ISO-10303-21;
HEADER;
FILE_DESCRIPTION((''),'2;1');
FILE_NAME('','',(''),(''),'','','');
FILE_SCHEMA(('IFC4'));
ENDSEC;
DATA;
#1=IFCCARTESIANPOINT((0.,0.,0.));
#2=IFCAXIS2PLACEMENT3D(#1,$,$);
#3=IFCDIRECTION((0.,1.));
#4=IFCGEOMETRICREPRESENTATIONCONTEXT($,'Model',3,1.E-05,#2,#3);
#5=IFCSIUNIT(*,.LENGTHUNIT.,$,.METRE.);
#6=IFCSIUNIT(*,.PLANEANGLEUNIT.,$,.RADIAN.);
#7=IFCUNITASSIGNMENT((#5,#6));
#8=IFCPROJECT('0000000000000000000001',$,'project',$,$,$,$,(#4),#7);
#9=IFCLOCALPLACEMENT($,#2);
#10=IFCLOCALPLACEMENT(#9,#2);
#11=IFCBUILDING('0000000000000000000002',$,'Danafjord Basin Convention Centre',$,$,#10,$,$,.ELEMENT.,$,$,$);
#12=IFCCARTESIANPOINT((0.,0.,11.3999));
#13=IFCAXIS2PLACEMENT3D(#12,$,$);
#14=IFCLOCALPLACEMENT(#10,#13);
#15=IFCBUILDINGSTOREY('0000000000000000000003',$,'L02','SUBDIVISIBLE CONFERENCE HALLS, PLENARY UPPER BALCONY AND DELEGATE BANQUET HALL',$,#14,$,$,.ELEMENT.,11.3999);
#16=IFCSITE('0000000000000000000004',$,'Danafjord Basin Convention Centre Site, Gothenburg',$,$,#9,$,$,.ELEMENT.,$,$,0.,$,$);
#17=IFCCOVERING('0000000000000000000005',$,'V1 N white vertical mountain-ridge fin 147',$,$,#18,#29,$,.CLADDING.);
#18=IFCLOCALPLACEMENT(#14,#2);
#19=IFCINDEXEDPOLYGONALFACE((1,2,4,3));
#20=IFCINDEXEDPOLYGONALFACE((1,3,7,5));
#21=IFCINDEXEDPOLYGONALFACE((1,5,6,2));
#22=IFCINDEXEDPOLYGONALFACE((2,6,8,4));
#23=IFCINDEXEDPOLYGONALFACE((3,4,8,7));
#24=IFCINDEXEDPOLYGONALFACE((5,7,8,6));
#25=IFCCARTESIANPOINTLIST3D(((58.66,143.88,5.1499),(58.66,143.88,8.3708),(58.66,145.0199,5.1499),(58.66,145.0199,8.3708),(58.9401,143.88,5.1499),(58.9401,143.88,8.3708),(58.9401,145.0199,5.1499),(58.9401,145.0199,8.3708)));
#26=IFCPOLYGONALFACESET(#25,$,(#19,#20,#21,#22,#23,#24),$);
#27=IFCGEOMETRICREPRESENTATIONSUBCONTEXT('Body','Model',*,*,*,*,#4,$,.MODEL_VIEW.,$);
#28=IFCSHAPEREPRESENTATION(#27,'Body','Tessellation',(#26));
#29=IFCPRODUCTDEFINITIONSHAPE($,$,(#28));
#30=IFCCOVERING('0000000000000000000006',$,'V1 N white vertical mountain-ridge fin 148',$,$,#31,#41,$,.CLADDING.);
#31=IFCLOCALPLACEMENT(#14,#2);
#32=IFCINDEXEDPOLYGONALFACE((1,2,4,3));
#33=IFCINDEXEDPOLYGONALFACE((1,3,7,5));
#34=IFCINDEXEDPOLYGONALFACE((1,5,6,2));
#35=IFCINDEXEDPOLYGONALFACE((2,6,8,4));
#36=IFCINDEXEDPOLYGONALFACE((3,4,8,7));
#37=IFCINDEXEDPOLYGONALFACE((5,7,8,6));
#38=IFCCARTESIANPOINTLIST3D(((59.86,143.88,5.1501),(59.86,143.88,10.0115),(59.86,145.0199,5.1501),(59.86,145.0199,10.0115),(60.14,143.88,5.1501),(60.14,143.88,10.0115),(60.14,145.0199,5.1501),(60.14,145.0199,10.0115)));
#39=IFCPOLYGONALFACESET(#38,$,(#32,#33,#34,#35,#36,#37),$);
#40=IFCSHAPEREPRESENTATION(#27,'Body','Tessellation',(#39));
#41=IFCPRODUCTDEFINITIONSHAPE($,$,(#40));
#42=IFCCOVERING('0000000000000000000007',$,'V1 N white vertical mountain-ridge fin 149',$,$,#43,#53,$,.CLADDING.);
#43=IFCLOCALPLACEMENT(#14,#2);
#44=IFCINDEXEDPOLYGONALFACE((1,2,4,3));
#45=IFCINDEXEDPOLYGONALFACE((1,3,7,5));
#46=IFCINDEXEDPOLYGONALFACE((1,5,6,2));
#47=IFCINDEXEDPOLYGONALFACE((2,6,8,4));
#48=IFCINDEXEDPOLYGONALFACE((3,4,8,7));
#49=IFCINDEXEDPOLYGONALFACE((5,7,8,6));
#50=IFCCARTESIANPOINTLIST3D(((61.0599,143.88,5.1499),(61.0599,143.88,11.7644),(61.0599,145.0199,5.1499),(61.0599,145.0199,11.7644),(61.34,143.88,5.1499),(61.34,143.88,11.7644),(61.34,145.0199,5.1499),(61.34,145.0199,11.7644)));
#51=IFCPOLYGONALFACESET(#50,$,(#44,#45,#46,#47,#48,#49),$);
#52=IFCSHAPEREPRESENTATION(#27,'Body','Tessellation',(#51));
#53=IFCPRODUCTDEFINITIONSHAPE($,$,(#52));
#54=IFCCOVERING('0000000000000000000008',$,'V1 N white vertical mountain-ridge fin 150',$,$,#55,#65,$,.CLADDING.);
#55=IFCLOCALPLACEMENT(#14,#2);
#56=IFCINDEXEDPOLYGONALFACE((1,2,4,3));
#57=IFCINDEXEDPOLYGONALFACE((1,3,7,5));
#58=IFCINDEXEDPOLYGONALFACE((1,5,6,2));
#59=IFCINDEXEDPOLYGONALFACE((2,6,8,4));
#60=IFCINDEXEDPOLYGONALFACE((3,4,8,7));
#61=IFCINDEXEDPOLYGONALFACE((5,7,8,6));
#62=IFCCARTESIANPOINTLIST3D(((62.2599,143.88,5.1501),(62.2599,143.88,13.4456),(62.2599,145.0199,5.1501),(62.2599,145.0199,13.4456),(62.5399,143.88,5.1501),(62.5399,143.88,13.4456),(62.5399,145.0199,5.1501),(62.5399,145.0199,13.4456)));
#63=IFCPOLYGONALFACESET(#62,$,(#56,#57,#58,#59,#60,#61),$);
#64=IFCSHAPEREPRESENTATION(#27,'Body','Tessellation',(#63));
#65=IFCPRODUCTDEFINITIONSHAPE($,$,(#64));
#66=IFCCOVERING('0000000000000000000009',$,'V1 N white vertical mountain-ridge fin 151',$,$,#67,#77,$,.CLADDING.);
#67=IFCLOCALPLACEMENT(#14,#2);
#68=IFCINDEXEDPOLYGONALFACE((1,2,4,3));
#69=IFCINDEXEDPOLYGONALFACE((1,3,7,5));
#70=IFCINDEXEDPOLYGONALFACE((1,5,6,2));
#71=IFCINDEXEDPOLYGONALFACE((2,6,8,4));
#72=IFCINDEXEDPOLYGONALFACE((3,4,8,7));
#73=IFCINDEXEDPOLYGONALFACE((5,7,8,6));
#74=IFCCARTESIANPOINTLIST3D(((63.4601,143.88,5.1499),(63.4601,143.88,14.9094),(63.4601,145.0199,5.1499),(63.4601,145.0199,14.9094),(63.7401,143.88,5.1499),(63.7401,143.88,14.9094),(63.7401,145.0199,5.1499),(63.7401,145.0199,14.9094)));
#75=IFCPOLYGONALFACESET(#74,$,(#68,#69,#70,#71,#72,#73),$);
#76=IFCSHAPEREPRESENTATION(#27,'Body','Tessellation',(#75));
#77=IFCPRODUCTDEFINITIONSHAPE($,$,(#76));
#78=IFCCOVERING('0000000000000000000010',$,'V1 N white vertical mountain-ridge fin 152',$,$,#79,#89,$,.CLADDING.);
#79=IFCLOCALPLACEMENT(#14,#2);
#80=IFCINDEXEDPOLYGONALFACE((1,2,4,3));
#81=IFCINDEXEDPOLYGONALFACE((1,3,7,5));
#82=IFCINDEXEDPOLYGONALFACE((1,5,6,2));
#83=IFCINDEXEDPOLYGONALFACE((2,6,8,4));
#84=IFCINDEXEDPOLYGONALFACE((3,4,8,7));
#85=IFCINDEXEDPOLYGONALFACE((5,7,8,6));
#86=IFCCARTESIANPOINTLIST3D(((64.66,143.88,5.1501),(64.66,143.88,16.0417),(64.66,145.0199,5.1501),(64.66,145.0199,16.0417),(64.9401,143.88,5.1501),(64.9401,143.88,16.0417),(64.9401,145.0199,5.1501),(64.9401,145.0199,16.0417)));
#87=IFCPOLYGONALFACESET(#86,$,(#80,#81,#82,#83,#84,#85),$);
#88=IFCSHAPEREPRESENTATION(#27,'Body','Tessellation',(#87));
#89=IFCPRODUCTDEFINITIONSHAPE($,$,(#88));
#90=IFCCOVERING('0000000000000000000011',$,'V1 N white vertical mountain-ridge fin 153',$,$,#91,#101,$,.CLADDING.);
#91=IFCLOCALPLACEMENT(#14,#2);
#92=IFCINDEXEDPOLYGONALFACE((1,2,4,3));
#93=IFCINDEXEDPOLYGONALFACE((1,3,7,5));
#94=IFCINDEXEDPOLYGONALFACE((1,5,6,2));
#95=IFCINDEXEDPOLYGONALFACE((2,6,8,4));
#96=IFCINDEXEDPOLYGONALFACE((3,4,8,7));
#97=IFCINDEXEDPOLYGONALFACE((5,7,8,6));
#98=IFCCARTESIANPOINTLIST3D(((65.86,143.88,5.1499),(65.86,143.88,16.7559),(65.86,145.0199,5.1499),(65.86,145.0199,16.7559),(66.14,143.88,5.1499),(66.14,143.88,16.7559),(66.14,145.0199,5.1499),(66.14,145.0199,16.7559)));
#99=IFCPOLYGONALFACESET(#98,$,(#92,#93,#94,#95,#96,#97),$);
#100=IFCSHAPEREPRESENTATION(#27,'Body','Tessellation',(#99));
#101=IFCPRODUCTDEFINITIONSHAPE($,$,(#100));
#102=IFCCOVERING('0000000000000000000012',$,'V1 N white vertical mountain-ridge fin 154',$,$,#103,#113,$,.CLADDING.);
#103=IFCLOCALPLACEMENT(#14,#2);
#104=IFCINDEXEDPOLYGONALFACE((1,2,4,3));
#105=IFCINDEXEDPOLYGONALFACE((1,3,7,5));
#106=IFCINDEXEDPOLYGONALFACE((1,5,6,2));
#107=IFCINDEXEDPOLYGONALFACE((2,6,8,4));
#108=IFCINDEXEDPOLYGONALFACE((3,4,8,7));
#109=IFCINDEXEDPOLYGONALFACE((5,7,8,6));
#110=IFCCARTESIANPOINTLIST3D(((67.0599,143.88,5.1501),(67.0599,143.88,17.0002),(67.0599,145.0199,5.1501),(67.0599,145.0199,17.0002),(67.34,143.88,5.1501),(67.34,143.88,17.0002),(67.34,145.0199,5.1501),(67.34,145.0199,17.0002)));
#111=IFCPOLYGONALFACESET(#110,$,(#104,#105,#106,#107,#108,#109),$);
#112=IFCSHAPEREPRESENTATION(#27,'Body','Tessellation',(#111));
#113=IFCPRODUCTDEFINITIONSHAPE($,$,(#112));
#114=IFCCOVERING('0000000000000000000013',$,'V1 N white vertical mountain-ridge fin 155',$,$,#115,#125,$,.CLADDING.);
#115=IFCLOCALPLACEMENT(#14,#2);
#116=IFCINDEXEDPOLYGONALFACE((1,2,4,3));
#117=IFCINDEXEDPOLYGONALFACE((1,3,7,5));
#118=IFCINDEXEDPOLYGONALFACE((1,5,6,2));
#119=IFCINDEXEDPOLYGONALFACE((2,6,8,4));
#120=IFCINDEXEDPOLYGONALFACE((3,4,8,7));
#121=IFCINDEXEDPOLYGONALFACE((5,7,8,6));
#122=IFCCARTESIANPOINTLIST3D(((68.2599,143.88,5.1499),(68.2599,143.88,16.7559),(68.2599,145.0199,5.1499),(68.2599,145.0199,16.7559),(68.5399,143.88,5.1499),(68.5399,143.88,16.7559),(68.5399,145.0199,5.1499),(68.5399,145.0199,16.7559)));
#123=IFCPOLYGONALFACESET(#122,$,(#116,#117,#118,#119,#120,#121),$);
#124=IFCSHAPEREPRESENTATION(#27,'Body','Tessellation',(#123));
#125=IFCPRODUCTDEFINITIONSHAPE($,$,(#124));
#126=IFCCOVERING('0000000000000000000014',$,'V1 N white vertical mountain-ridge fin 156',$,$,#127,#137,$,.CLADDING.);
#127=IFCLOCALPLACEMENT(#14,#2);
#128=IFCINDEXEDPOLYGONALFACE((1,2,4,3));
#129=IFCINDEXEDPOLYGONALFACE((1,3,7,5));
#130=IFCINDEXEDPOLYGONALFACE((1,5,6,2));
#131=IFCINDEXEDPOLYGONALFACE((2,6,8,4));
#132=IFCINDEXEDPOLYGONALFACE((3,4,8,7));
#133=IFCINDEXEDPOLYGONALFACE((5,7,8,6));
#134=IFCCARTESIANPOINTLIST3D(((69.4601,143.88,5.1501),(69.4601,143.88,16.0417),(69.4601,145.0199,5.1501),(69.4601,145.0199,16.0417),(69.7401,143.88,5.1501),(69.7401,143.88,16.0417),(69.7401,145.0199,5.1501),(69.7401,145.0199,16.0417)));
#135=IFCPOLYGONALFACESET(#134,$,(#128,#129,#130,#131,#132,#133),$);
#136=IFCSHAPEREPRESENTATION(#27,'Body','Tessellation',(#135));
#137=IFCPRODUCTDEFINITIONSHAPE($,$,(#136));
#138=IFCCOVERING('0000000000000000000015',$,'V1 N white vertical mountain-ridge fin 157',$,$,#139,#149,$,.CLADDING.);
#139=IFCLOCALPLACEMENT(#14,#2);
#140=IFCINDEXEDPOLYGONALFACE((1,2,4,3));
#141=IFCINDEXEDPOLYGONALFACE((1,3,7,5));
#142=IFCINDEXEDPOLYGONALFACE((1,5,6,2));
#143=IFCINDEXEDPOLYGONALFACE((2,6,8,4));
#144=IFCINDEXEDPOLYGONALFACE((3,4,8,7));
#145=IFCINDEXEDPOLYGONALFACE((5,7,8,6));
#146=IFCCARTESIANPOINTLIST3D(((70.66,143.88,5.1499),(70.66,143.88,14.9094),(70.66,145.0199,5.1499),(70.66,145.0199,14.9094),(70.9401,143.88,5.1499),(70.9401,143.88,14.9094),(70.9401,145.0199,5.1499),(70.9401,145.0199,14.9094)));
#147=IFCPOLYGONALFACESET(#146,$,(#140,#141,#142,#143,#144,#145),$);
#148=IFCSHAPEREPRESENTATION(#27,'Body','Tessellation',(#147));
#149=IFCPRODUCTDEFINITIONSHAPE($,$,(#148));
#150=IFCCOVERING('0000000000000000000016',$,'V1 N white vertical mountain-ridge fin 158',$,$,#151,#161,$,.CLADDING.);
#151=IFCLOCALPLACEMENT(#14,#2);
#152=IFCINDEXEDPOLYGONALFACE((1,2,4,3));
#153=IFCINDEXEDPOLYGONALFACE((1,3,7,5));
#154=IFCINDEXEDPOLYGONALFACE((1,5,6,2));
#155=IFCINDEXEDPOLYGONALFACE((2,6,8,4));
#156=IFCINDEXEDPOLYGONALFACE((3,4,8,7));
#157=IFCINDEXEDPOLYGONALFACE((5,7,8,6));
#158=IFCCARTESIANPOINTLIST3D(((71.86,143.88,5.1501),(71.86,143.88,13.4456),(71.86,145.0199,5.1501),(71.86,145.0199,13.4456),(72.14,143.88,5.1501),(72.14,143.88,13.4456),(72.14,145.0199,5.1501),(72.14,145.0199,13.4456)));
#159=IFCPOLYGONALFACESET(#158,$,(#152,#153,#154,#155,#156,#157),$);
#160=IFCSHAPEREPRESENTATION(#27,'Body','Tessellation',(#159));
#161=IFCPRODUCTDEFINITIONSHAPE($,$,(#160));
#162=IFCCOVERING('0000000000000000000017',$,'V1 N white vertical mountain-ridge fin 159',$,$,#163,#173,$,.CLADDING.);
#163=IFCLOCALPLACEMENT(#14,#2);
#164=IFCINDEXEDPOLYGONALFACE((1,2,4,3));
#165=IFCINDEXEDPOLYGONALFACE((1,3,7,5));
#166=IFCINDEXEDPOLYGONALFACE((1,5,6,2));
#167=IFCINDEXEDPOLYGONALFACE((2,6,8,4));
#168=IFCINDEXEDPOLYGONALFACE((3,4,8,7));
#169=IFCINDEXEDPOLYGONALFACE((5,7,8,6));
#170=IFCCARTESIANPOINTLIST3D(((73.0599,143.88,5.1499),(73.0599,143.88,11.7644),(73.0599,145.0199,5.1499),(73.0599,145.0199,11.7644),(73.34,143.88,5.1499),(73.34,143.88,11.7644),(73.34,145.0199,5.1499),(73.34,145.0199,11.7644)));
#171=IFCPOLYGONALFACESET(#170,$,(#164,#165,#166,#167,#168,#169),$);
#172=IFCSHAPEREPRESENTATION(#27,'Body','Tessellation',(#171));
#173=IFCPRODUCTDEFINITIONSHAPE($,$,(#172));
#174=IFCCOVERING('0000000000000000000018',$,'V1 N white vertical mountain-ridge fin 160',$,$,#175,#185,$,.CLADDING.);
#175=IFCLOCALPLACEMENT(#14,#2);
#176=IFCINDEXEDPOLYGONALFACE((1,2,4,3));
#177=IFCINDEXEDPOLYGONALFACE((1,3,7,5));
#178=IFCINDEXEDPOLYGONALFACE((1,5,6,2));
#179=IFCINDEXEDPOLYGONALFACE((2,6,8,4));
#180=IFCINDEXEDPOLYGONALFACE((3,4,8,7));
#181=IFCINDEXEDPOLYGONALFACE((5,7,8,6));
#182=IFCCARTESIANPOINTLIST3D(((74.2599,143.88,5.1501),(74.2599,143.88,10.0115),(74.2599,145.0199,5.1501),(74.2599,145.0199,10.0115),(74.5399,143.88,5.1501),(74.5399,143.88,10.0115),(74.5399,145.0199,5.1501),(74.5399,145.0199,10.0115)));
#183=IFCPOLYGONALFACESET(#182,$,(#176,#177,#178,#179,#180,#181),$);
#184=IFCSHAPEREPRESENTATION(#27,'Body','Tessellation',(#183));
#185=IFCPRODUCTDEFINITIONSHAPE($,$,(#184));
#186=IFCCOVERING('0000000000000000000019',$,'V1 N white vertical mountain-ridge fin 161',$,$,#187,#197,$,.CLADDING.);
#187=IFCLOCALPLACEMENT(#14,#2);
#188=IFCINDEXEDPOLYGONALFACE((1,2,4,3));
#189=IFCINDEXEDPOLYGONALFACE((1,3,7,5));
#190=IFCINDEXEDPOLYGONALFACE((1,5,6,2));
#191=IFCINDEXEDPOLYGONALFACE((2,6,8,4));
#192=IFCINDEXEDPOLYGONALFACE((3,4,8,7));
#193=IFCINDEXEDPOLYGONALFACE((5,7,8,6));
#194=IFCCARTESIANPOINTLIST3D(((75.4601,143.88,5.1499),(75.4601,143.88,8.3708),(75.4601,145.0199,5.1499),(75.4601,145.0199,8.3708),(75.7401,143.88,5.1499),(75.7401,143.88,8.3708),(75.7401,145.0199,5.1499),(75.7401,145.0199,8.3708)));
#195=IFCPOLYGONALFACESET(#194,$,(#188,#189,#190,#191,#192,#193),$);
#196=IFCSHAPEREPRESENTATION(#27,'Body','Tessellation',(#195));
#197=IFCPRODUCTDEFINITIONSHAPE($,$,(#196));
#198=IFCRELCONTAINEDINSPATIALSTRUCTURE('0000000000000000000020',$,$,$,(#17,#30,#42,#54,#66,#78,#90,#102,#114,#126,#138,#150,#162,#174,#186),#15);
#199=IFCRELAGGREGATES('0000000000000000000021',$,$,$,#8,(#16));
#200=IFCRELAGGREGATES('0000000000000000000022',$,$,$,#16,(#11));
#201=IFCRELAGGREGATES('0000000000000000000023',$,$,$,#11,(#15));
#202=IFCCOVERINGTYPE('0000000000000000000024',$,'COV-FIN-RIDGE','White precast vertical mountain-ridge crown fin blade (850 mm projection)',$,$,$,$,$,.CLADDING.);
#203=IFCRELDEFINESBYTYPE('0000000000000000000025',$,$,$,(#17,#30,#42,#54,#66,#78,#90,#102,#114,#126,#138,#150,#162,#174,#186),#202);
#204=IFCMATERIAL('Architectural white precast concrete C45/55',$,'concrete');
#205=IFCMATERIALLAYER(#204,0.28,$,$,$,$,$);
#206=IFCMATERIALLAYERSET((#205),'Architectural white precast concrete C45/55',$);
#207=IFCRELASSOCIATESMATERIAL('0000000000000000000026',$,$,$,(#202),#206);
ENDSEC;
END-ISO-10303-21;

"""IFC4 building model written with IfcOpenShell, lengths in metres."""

from ifc_helpers import new_model, si_unit, direction, frame, origin, origin_2d, place, context, subcontext, project, spatial, rectangle, extrude, material, layer, layer_set, type_object, element, save


model = new_model("IFC4")

# Units and contexts
model_context = context("Model", 3, precision=1e-05, world=origin(), true_north=direction((0.0, 1.0)))
body_context = subcontext(model_context, "Body", "Model", "MODEL_VIEW")
ifc_project = project(units=[si_unit("LENGTHUNIT", "METRE"), si_unit("PLANEANGLEUNIT", "RADIAN")], contexts=[model_context])

# Site, building, storey
site_placement = place(None, origin())
site = spatial("IfcSite", under=ifc_project, at=site_placement, Name="Danafjord Basin Convention Centre Site, Gothenburg", CompositionType="ELEMENT", RefElevation=0.0)
building_placement = place(site_placement, origin())
building = spatial("IfcBuilding", under=site, at=building_placement, Name="Danafjord Basin Convention Centre", CompositionType="ELEMENT")
storey_placement = place(building_placement, frame((0.0, 0.0, 11.3999)))
storey = spatial("IfcBuildingStorey", under=building, at=storey_placement, Name="L02", Description="SUBDIVISIBLE CONFERENCE HALLS, PLENARY UPPER BALCONY AND DELEGATE BANQUET HALL", CompositionType="ELEMENT", Elevation=11.3999)

# Coverings
ifc_material_1 = material(Name="Architectural white precast concrete C45/55", Category="concrete")
ifc_layer_1 = layer(ifc_material_1, 0.28)
ifc_layer_set_1 = layer_set([ifc_layer_1], Name="Architectural white precast concrete C45/55")
covering_type_1 = type_object("IfcCoveringType", Name="COV-FIN-RIDGE", Description="White precast vertical mountain-ridge crown fin blade (850 mm projection)", PredefinedType="CLADDING", material=ifc_layer_set_1)
covering_1_placement = place(storey_placement, frame((58.8, 144.45, 5.1499), z_axis=(0.0, 0.0, 1.0), x_axis=(0.0, 1.0, 0.0)))
element("IfcCovering", 1, at=covering_1_placement, inside=storey, type_object=covering_type_1, Name="V1 N white vertical mountain-ridge fin 147", PredefinedType="CLADDING", context=body_context, shape_type="SweptSolid", body=[
    extrude(rectangle(XDim=1.1399, YDim=0.28, at=origin_2d()), origin(), (0.0, 0.0, 1.0), 3.2209),
])
covering_2_placement = place(storey_placement, frame((60.0, 144.45, 5.1501), z_axis=(0.0, 0.0, 1.0), x_axis=(0.0, 1.0, 0.0)))
element("IfcCovering", 2, at=covering_2_placement, inside=storey, type_object=covering_type_1, Name="V1 N white vertical mountain-ridge fin 148", PredefinedType="CLADDING", context=body_context, shape_type="SweptSolid", body=[
    extrude(rectangle(XDim=1.1399, YDim=0.28, at=origin_2d()), origin(), (0.0, 0.0, 1.0), 4.8613),
])
covering_3_placement = place(storey_placement, frame((61.2, 144.45, 5.1499), z_axis=(0.0, 0.0, 1.0), x_axis=(0.0, 1.0, 0.0)))
element("IfcCovering", 3, at=covering_3_placement, inside=storey, type_object=covering_type_1, Name="V1 N white vertical mountain-ridge fin 149", PredefinedType="CLADDING", context=body_context, shape_type="SweptSolid", body=[
    extrude(rectangle(XDim=1.1399, YDim=0.28, at=origin_2d()), origin(), (0.0, 0.0, 1.0), 6.6145),
])
covering_4_placement = place(storey_placement, frame((62.3999, 144.45, 5.1501), z_axis=(0.0, 0.0, 1.0), x_axis=(0.0, 1.0, 0.0)))
element("IfcCovering", 4, at=covering_4_placement, inside=storey, type_object=covering_type_1, Name="V1 N white vertical mountain-ridge fin 150", PredefinedType="CLADDING", context=body_context, shape_type="SweptSolid", body=[
    extrude(rectangle(XDim=1.1399, YDim=0.28, at=origin_2d()), origin(), (0.0, 0.0, 1.0), 8.2954),
])
covering_5_placement = place(storey_placement, frame((63.6001, 144.45, 5.1499), z_axis=(0.0, 0.0, 1.0), x_axis=(0.0, 1.0, 0.0)))
element("IfcCovering", 5, at=covering_5_placement, inside=storey, type_object=covering_type_1, Name="V1 N white vertical mountain-ridge fin 151", PredefinedType="CLADDING", context=body_context, shape_type="SweptSolid", body=[
    extrude(rectangle(XDim=1.1399, YDim=0.28, at=origin_2d()), origin(), (0.0, 0.0, 1.0), 9.7595),
])
covering_6_placement = place(storey_placement, frame((64.8, 144.45, 5.1501), z_axis=(0.0, 0.0, 1.0), x_axis=(0.0, 1.0, 0.0)))
element("IfcCovering", 6, at=covering_6_placement, inside=storey, type_object=covering_type_1, Name="V1 N white vertical mountain-ridge fin 152", PredefinedType="CLADDING", context=body_context, shape_type="SweptSolid", body=[
    extrude(rectangle(XDim=1.1399, YDim=0.28, at=origin_2d()), origin(), (0.0, 0.0, 1.0), 10.8916),
])
covering_7_placement = place(storey_placement, frame((66.0, 144.45, 5.1499), z_axis=(0.0, 0.0, 1.0), x_axis=(0.0, 1.0, 0.0)))
element("IfcCovering", 7, at=covering_7_placement, inside=storey, type_object=covering_type_1, Name="V1 N white vertical mountain-ridge fin 153", PredefinedType="CLADDING", context=body_context, shape_type="SweptSolid", body=[
    extrude(rectangle(XDim=1.1399, YDim=0.28, at=origin_2d()), origin(), (0.0, 0.0, 1.0), 11.606),
])
covering_8_placement = place(storey_placement, frame((67.2, 144.45, 5.1501), z_axis=(0.0, 0.0, 1.0), x_axis=(0.0, 1.0, 0.0)))
element("IfcCovering", 8, at=covering_8_placement, inside=storey, type_object=covering_type_1, Name="V1 N white vertical mountain-ridge fin 154", PredefinedType="CLADDING", context=body_context, shape_type="SweptSolid", body=[
    extrude(rectangle(XDim=1.1399, YDim=0.28, at=origin_2d()), origin(), (0.0, 0.0, 1.0), 11.8501),
])
covering_9_placement = place(storey_placement, frame((68.3999, 144.45, 5.1499), z_axis=(0.0, 0.0, 1.0), x_axis=(0.0, 1.0, 0.0)))
element("IfcCovering", 9, at=covering_9_placement, inside=storey, type_object=covering_type_1, Name="V1 N white vertical mountain-ridge fin 155", PredefinedType="CLADDING", context=body_context, shape_type="SweptSolid", body=[
    extrude(rectangle(XDim=1.1399, YDim=0.28, at=origin_2d()), origin(), (0.0, 0.0, 1.0), 11.606),
])
covering_10_placement = place(storey_placement, frame((69.6001, 144.45, 5.1501), z_axis=(0.0, 0.0, 1.0), x_axis=(0.0, 1.0, 0.0)))
element("IfcCovering", 10, at=covering_10_placement, inside=storey, type_object=covering_type_1, Name="V1 N white vertical mountain-ridge fin 156", PredefinedType="CLADDING", context=body_context, shape_type="SweptSolid", body=[
    extrude(rectangle(XDim=1.1399, YDim=0.28, at=origin_2d()), origin(), (0.0, 0.0, 1.0), 10.8916),
])
covering_11_placement = place(storey_placement, frame((70.8, 144.45, 5.1499), z_axis=(0.0, 0.0, 1.0), x_axis=(0.0, 1.0, 0.0)))
element("IfcCovering", 11, at=covering_11_placement, inside=storey, type_object=covering_type_1, Name="V1 N white vertical mountain-ridge fin 157", PredefinedType="CLADDING", context=body_context, shape_type="SweptSolid", body=[
    extrude(rectangle(XDim=1.1399, YDim=0.28, at=origin_2d()), origin(), (0.0, 0.0, 1.0), 9.7595),
])
covering_12_placement = place(storey_placement, frame((72.0, 144.45, 5.1501), z_axis=(0.0, 0.0, 1.0), x_axis=(0.0, 1.0, 0.0)))
element("IfcCovering", 12, at=covering_12_placement, inside=storey, type_object=covering_type_1, Name="V1 N white vertical mountain-ridge fin 158", PredefinedType="CLADDING", context=body_context, shape_type="SweptSolid", body=[
    extrude(rectangle(XDim=1.1399, YDim=0.28, at=origin_2d()), origin(), (0.0, 0.0, 1.0), 8.2954),
])
covering_13_placement = place(storey_placement, frame((73.2, 144.45, 5.1499), z_axis=(0.0, 0.0, 1.0), x_axis=(0.0, 1.0, 0.0)))
element("IfcCovering", 13, at=covering_13_placement, inside=storey, type_object=covering_type_1, Name="V1 N white vertical mountain-ridge fin 159", PredefinedType="CLADDING", context=body_context, shape_type="SweptSolid", body=[
    extrude(rectangle(XDim=1.1399, YDim=0.28, at=origin_2d()), origin(), (0.0, 0.0, 1.0), 6.6145),
])
covering_14_placement = place(storey_placement, frame((74.3999, 144.45, 5.1501), z_axis=(0.0, 0.0, 1.0), x_axis=(0.0, 1.0, 0.0)))
element("IfcCovering", 14, at=covering_14_placement, inside=storey, type_object=covering_type_1, Name="V1 N white vertical mountain-ridge fin 160", PredefinedType="CLADDING", context=body_context, shape_type="SweptSolid", body=[
    extrude(rectangle(XDim=1.1399, YDim=0.28, at=origin_2d()), origin(), (0.0, 0.0, 1.0), 4.8613),
])
covering_15_placement = place(storey_placement, frame((75.6001, 144.45, 5.1499), z_axis=(0.0, 0.0, 1.0), x_axis=(0.0, 1.0, 0.0)))
element("IfcCovering", 15, at=covering_15_placement, inside=storey, type_object=covering_type_1, Name="V1 N white vertical mountain-ridge fin 161", PredefinedType="CLADDING", context=body_context, shape_type="SweptSolid", body=[
    extrude(rectangle(XDim=1.1399, YDim=0.28, at=origin_2d()), origin(), (0.0, 0.0, 1.0), 3.2209),
])

save(model, "model.ifc")
